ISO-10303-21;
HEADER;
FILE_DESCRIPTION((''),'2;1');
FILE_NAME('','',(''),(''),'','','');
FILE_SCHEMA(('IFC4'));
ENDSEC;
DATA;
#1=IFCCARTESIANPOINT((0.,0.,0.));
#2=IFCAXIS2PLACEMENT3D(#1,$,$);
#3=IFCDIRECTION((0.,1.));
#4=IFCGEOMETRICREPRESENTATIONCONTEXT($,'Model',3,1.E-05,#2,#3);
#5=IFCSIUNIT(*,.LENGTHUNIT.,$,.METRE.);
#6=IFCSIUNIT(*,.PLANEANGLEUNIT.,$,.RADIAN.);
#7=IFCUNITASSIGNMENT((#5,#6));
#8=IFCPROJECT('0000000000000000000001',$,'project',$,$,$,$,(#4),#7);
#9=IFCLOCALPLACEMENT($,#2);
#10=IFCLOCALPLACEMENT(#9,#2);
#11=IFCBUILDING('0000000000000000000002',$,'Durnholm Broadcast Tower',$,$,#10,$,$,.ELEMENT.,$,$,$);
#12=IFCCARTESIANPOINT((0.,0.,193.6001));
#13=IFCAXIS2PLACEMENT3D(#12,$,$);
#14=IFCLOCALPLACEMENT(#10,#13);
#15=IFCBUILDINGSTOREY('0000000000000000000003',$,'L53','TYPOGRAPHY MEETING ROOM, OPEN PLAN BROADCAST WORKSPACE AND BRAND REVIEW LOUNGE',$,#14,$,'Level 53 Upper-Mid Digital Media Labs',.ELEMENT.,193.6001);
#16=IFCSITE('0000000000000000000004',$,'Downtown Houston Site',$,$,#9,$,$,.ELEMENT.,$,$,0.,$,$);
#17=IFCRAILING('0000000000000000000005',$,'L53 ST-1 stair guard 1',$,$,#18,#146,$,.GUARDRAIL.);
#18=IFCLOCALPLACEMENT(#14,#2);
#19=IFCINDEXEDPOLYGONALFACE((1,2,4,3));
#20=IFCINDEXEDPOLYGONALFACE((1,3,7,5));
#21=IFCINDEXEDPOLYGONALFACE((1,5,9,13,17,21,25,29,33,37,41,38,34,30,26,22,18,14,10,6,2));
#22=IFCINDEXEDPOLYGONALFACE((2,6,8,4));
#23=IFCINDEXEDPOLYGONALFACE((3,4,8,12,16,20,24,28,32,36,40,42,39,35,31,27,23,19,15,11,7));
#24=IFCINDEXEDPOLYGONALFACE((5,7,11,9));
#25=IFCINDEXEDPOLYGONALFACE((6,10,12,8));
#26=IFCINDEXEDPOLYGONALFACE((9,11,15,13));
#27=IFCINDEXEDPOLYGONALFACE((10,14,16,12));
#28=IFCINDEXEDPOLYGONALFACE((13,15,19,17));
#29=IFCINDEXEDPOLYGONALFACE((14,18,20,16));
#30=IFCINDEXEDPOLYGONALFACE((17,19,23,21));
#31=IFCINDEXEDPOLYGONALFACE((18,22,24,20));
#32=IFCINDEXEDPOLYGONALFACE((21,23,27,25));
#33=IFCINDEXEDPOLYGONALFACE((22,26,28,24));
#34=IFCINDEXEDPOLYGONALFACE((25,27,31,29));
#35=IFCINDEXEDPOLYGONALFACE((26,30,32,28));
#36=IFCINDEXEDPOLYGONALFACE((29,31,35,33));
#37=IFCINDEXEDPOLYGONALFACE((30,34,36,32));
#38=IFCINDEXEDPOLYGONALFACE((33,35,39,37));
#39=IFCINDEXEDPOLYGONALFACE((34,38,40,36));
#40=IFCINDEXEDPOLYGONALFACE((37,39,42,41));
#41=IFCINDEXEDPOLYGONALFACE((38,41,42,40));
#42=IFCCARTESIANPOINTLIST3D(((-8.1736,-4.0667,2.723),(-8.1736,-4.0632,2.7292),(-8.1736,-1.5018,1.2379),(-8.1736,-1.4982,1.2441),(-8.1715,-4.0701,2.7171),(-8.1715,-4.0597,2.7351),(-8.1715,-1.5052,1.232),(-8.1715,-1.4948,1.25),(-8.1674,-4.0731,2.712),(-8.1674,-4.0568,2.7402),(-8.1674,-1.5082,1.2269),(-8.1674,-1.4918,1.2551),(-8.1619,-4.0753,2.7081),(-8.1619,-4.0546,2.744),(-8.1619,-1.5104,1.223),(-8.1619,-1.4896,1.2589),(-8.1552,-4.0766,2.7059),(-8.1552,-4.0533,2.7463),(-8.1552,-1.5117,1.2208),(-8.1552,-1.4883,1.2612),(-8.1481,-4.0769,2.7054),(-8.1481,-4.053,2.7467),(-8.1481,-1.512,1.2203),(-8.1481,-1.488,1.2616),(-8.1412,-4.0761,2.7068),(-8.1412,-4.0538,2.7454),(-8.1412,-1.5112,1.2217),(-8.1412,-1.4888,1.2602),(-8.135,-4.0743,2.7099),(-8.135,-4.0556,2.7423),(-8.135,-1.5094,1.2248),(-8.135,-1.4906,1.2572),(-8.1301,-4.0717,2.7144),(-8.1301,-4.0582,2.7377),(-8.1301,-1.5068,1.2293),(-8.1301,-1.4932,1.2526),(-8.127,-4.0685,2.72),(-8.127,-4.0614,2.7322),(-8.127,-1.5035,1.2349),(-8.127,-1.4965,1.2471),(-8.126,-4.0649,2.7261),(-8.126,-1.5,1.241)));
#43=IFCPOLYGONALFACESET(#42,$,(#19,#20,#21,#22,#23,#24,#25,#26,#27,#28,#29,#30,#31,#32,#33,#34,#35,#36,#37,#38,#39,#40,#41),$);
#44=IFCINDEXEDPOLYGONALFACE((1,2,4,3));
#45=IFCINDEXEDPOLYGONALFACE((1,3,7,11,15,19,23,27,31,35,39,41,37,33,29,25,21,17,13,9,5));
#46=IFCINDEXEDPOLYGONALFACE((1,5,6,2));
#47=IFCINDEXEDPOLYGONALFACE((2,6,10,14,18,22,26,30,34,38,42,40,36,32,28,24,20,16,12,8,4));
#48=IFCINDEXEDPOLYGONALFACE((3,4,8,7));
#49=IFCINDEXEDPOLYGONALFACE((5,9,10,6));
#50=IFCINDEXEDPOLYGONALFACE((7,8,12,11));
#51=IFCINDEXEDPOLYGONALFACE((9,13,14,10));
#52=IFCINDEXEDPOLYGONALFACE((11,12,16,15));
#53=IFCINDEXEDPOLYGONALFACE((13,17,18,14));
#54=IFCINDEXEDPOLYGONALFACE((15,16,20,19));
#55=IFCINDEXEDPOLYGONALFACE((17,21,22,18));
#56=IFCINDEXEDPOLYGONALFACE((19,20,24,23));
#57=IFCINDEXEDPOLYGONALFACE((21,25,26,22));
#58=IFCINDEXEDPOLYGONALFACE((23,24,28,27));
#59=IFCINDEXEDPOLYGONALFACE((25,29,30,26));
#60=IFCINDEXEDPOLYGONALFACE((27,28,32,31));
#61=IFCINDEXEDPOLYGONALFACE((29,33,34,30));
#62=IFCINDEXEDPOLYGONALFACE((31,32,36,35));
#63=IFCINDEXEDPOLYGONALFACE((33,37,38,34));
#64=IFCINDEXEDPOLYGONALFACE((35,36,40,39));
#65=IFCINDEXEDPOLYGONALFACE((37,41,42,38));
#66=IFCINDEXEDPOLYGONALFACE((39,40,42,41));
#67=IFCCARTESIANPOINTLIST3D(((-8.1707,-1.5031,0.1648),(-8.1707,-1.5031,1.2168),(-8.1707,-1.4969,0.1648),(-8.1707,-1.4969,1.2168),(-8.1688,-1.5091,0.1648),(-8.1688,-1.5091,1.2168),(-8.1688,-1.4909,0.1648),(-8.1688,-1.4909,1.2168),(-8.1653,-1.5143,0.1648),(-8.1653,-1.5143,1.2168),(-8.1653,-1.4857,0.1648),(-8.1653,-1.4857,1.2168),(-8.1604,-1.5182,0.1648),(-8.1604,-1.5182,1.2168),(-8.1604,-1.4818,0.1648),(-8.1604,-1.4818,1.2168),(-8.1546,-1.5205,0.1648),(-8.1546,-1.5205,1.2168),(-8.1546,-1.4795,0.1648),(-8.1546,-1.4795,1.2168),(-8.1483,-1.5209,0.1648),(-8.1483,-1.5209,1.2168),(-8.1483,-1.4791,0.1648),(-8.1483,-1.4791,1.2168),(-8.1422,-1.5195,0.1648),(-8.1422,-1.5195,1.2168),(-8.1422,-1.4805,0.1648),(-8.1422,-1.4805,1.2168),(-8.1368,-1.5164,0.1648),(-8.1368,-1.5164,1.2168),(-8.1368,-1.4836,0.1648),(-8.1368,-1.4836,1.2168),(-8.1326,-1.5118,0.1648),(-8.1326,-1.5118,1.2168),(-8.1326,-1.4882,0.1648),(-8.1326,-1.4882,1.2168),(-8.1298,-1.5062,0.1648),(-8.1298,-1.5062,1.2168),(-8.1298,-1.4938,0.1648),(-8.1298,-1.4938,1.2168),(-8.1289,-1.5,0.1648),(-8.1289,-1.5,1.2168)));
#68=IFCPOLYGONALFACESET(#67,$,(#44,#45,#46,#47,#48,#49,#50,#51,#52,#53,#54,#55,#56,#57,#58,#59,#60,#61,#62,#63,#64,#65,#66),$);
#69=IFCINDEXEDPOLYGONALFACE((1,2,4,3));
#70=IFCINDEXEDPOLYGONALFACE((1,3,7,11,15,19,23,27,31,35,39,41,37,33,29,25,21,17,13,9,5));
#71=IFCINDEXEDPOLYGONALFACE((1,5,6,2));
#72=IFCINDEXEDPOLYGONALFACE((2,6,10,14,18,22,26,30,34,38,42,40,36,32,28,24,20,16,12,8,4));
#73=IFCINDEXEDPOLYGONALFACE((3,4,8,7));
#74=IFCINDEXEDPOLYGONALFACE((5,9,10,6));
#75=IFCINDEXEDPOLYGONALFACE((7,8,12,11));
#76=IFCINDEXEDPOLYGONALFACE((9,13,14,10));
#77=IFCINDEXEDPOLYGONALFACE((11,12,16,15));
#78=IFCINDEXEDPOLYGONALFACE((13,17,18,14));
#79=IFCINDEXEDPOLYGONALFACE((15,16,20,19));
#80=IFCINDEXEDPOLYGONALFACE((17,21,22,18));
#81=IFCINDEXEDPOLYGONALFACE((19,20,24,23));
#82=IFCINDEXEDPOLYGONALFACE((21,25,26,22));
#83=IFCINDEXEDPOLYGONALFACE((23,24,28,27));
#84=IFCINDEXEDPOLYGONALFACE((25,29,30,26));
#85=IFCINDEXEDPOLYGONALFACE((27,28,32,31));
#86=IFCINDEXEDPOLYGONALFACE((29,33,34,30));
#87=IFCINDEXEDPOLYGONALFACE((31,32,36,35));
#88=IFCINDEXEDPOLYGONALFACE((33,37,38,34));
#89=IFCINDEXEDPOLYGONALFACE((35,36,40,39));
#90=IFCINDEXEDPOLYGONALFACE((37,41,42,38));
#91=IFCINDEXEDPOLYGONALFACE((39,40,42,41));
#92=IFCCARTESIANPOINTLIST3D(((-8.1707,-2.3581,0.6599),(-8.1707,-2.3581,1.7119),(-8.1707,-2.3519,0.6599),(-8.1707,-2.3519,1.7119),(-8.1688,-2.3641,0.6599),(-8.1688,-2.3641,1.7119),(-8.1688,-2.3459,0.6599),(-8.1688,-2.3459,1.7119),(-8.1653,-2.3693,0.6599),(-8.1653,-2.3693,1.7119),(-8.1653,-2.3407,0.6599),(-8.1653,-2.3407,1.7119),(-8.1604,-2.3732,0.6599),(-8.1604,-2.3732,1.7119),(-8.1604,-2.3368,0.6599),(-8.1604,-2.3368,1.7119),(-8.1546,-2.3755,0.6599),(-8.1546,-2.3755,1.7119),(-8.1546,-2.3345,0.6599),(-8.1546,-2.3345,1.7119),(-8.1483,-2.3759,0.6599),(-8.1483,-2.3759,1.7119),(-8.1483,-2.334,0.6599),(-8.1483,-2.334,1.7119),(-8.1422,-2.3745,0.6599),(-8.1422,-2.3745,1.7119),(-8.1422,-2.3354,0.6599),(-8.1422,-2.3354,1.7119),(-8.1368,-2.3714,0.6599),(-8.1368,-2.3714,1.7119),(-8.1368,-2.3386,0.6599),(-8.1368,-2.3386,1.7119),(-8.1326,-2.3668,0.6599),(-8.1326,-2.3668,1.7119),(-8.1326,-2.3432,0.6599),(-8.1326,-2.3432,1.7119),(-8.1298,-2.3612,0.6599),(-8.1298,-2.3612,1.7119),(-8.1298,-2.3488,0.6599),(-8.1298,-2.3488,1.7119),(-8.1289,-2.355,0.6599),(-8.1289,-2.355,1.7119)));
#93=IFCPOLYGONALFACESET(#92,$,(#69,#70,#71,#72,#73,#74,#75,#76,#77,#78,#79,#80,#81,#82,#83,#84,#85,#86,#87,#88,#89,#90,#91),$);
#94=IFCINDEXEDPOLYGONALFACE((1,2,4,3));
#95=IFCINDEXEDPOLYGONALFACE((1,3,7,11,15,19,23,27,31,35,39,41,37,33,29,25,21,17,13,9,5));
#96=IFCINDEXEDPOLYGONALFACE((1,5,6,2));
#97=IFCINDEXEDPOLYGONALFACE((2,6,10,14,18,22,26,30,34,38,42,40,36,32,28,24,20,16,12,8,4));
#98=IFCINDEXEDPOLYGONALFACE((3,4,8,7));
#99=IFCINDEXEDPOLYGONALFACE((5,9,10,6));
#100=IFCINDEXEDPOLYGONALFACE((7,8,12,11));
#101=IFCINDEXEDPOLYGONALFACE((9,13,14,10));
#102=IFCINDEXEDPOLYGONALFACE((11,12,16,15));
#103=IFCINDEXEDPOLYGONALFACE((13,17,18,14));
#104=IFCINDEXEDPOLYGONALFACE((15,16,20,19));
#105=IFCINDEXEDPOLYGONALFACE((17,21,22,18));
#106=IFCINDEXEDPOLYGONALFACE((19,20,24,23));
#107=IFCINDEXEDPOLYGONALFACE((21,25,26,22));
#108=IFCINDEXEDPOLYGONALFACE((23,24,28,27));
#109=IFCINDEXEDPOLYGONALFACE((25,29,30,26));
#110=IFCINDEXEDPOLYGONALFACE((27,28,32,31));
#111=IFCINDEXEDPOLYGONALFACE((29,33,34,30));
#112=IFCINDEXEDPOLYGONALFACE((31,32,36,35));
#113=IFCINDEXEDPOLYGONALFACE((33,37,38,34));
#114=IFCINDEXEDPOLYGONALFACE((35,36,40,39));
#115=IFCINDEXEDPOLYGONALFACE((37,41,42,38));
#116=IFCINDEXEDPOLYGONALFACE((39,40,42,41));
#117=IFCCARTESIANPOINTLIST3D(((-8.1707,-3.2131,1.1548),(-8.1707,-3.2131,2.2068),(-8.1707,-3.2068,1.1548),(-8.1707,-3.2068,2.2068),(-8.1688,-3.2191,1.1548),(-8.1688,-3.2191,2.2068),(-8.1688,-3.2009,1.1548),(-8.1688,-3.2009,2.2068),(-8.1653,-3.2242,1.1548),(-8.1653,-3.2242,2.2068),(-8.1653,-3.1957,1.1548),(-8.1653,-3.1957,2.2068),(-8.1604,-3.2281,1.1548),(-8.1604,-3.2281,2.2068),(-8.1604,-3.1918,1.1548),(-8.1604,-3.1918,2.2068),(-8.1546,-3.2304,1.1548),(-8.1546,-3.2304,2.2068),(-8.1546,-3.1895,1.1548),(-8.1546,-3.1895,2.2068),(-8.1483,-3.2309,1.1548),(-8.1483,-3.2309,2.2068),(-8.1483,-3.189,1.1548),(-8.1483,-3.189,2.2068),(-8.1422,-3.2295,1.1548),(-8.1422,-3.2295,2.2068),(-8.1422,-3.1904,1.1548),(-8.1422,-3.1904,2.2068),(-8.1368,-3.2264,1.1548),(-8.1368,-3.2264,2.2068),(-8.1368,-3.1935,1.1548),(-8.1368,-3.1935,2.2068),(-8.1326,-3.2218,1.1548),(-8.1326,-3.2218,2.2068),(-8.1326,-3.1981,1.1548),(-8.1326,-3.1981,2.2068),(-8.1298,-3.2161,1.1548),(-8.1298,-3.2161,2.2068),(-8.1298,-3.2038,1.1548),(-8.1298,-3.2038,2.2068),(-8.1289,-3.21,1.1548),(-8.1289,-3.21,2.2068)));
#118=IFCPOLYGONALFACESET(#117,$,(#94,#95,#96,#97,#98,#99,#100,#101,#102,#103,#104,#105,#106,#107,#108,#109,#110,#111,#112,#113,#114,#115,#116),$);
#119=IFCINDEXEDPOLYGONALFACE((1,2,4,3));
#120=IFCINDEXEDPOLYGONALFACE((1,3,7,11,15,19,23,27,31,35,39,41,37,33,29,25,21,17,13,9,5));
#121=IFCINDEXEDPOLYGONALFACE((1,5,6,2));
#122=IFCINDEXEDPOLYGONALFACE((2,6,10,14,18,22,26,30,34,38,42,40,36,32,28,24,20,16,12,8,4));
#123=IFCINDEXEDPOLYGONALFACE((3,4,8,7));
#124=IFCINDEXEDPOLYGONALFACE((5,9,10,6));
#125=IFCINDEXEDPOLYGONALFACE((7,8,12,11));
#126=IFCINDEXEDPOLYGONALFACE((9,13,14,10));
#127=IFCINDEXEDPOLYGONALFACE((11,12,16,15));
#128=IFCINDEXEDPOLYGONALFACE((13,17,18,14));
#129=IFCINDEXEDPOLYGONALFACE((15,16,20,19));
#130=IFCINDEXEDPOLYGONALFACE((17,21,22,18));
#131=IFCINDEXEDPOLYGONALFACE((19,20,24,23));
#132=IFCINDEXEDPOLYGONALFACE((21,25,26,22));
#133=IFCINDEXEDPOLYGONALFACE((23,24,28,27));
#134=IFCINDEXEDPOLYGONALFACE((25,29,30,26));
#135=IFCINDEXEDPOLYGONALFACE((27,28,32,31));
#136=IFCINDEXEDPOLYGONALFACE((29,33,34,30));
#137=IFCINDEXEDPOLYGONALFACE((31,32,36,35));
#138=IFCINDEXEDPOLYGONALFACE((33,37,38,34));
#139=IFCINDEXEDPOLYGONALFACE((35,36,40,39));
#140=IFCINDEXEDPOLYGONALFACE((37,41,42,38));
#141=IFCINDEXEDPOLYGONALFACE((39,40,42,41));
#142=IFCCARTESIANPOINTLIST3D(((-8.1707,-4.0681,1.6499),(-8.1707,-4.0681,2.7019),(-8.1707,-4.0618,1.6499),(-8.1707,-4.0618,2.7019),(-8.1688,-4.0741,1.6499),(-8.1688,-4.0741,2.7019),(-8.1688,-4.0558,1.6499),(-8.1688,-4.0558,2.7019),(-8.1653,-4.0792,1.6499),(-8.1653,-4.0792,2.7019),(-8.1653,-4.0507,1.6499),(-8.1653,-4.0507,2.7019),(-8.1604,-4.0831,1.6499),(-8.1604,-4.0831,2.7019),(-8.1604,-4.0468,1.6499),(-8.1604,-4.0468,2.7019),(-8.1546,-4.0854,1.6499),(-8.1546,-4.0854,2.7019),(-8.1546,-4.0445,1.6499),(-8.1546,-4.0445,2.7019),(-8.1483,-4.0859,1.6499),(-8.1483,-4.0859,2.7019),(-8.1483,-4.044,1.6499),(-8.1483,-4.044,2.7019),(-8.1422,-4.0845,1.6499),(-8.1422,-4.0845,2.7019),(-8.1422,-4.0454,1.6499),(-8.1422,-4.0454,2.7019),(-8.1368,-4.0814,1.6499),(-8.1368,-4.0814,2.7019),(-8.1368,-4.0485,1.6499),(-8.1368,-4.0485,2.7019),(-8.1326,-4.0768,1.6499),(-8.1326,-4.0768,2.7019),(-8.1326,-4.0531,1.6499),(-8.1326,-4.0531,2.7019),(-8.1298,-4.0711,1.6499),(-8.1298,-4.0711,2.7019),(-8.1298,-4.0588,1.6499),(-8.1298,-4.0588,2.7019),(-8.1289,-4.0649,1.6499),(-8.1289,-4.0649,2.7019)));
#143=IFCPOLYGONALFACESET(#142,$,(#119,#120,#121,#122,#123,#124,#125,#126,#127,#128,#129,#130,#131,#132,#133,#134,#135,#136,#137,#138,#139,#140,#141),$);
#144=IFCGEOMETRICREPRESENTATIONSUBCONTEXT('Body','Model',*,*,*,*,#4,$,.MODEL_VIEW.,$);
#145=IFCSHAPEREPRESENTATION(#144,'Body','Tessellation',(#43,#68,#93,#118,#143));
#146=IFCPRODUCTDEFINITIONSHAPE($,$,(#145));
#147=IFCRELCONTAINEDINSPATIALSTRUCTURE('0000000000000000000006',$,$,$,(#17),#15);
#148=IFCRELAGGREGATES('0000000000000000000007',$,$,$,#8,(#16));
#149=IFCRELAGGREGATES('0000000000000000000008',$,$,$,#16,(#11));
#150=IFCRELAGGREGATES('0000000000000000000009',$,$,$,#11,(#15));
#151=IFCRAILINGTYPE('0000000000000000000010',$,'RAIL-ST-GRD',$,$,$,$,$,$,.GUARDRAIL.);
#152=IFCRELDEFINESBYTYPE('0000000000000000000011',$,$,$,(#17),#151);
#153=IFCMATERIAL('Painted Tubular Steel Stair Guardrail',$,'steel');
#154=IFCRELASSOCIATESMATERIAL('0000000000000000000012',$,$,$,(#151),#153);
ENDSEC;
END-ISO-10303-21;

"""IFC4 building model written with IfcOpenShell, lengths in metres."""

from ifc_helpers import new_model, si_unit, direction, frame, origin, origin_2d, place, context, subcontext, project, spatial, circle, extrude, material, type_object, element, save


model = new_model("IFC4")

# Units and contexts
model_context = context("Model", 3, precision=1e-05, world=origin(), true_north=direction((0.0, 1.0)))
body_context = subcontext(model_context, "Body", "Model", "MODEL_VIEW")
ifc_project = project(units=[si_unit("LENGTHUNIT", "METRE"), si_unit("PLANEANGLEUNIT", "RADIAN")], contexts=[model_context])

# Site, building, storey
site_placement = place(None, origin())
site = spatial("IfcSite", under=ifc_project, at=site_placement, Name="Downtown Houston Site", CompositionType="ELEMENT", RefElevation=0.0)
building_placement = place(site_placement, origin())
building = spatial("IfcBuilding", under=site, at=building_placement, Name="Durnholm Broadcast Tower", CompositionType="ELEMENT")
storey_placement = place(building_placement, frame((0.0, 0.0, 193.6001)))
storey = spatial("IfcBuildingStorey", under=building, at=storey_placement, Name="L53", Description="TYPOGRAPHY MEETING ROOM, OPEN PLAN BROADCAST WORKSPACE AND BRAND REVIEW LOUNGE", LongName="Level 53 Upper-Mid Digital Media Labs", CompositionType="ELEMENT", Elevation=193.6001)

# Railing
ifc_material_1 = material(Name="Painted Tubular Steel Stair Guardrail", Category="steel")
railing_type_1 = type_object("IfcRailingType", Name="RAIL-ST-GRD", PredefinedType="GUARDRAIL", material=ifc_material_1)
railing_1_placement = place(storey_placement, frame((-8.1499, -1.5, 0.1648)))
element("IfcRailing", 1, at=railing_1_placement, inside=storey, type_object=railing_type_1, Name="L53 ST-1 stair guard 1", PredefinedType="GUARDRAIL", context=body_context, shape_type="SweptSolid", body=[
    extrude(circle(Radius=0.0239, at=origin_2d()), frame((0.0, 0.0, 1.0762), z_axis=(0.0, -0.865406, 0.501072), x_axis=(1.0, 0.0, 0.0)), (0.0, 0.0, 1.0), 2.9639),
    extrude(circle(Radius=0.021, at=origin_2d()), origin(), (0.0, 0.0, 1.0), 1.052),
    extrude(circle(Radius=0.021, at=origin_2d()), frame((0.0, -0.855, 0.4951)), (0.0, 0.0, 1.0), 1.052),
    extrude(circle(Radius=0.021, at=origin_2d()), frame((0.0, -1.71, 0.99)), (0.0, 0.0, 1.0), 1.052),
    extrude(circle(Radius=0.021, at=origin_2d()), frame((0.0, -2.5649, 1.4851)), (0.0, 0.0, 1.0), 1.052),
])

save(model, "model.ifc")
